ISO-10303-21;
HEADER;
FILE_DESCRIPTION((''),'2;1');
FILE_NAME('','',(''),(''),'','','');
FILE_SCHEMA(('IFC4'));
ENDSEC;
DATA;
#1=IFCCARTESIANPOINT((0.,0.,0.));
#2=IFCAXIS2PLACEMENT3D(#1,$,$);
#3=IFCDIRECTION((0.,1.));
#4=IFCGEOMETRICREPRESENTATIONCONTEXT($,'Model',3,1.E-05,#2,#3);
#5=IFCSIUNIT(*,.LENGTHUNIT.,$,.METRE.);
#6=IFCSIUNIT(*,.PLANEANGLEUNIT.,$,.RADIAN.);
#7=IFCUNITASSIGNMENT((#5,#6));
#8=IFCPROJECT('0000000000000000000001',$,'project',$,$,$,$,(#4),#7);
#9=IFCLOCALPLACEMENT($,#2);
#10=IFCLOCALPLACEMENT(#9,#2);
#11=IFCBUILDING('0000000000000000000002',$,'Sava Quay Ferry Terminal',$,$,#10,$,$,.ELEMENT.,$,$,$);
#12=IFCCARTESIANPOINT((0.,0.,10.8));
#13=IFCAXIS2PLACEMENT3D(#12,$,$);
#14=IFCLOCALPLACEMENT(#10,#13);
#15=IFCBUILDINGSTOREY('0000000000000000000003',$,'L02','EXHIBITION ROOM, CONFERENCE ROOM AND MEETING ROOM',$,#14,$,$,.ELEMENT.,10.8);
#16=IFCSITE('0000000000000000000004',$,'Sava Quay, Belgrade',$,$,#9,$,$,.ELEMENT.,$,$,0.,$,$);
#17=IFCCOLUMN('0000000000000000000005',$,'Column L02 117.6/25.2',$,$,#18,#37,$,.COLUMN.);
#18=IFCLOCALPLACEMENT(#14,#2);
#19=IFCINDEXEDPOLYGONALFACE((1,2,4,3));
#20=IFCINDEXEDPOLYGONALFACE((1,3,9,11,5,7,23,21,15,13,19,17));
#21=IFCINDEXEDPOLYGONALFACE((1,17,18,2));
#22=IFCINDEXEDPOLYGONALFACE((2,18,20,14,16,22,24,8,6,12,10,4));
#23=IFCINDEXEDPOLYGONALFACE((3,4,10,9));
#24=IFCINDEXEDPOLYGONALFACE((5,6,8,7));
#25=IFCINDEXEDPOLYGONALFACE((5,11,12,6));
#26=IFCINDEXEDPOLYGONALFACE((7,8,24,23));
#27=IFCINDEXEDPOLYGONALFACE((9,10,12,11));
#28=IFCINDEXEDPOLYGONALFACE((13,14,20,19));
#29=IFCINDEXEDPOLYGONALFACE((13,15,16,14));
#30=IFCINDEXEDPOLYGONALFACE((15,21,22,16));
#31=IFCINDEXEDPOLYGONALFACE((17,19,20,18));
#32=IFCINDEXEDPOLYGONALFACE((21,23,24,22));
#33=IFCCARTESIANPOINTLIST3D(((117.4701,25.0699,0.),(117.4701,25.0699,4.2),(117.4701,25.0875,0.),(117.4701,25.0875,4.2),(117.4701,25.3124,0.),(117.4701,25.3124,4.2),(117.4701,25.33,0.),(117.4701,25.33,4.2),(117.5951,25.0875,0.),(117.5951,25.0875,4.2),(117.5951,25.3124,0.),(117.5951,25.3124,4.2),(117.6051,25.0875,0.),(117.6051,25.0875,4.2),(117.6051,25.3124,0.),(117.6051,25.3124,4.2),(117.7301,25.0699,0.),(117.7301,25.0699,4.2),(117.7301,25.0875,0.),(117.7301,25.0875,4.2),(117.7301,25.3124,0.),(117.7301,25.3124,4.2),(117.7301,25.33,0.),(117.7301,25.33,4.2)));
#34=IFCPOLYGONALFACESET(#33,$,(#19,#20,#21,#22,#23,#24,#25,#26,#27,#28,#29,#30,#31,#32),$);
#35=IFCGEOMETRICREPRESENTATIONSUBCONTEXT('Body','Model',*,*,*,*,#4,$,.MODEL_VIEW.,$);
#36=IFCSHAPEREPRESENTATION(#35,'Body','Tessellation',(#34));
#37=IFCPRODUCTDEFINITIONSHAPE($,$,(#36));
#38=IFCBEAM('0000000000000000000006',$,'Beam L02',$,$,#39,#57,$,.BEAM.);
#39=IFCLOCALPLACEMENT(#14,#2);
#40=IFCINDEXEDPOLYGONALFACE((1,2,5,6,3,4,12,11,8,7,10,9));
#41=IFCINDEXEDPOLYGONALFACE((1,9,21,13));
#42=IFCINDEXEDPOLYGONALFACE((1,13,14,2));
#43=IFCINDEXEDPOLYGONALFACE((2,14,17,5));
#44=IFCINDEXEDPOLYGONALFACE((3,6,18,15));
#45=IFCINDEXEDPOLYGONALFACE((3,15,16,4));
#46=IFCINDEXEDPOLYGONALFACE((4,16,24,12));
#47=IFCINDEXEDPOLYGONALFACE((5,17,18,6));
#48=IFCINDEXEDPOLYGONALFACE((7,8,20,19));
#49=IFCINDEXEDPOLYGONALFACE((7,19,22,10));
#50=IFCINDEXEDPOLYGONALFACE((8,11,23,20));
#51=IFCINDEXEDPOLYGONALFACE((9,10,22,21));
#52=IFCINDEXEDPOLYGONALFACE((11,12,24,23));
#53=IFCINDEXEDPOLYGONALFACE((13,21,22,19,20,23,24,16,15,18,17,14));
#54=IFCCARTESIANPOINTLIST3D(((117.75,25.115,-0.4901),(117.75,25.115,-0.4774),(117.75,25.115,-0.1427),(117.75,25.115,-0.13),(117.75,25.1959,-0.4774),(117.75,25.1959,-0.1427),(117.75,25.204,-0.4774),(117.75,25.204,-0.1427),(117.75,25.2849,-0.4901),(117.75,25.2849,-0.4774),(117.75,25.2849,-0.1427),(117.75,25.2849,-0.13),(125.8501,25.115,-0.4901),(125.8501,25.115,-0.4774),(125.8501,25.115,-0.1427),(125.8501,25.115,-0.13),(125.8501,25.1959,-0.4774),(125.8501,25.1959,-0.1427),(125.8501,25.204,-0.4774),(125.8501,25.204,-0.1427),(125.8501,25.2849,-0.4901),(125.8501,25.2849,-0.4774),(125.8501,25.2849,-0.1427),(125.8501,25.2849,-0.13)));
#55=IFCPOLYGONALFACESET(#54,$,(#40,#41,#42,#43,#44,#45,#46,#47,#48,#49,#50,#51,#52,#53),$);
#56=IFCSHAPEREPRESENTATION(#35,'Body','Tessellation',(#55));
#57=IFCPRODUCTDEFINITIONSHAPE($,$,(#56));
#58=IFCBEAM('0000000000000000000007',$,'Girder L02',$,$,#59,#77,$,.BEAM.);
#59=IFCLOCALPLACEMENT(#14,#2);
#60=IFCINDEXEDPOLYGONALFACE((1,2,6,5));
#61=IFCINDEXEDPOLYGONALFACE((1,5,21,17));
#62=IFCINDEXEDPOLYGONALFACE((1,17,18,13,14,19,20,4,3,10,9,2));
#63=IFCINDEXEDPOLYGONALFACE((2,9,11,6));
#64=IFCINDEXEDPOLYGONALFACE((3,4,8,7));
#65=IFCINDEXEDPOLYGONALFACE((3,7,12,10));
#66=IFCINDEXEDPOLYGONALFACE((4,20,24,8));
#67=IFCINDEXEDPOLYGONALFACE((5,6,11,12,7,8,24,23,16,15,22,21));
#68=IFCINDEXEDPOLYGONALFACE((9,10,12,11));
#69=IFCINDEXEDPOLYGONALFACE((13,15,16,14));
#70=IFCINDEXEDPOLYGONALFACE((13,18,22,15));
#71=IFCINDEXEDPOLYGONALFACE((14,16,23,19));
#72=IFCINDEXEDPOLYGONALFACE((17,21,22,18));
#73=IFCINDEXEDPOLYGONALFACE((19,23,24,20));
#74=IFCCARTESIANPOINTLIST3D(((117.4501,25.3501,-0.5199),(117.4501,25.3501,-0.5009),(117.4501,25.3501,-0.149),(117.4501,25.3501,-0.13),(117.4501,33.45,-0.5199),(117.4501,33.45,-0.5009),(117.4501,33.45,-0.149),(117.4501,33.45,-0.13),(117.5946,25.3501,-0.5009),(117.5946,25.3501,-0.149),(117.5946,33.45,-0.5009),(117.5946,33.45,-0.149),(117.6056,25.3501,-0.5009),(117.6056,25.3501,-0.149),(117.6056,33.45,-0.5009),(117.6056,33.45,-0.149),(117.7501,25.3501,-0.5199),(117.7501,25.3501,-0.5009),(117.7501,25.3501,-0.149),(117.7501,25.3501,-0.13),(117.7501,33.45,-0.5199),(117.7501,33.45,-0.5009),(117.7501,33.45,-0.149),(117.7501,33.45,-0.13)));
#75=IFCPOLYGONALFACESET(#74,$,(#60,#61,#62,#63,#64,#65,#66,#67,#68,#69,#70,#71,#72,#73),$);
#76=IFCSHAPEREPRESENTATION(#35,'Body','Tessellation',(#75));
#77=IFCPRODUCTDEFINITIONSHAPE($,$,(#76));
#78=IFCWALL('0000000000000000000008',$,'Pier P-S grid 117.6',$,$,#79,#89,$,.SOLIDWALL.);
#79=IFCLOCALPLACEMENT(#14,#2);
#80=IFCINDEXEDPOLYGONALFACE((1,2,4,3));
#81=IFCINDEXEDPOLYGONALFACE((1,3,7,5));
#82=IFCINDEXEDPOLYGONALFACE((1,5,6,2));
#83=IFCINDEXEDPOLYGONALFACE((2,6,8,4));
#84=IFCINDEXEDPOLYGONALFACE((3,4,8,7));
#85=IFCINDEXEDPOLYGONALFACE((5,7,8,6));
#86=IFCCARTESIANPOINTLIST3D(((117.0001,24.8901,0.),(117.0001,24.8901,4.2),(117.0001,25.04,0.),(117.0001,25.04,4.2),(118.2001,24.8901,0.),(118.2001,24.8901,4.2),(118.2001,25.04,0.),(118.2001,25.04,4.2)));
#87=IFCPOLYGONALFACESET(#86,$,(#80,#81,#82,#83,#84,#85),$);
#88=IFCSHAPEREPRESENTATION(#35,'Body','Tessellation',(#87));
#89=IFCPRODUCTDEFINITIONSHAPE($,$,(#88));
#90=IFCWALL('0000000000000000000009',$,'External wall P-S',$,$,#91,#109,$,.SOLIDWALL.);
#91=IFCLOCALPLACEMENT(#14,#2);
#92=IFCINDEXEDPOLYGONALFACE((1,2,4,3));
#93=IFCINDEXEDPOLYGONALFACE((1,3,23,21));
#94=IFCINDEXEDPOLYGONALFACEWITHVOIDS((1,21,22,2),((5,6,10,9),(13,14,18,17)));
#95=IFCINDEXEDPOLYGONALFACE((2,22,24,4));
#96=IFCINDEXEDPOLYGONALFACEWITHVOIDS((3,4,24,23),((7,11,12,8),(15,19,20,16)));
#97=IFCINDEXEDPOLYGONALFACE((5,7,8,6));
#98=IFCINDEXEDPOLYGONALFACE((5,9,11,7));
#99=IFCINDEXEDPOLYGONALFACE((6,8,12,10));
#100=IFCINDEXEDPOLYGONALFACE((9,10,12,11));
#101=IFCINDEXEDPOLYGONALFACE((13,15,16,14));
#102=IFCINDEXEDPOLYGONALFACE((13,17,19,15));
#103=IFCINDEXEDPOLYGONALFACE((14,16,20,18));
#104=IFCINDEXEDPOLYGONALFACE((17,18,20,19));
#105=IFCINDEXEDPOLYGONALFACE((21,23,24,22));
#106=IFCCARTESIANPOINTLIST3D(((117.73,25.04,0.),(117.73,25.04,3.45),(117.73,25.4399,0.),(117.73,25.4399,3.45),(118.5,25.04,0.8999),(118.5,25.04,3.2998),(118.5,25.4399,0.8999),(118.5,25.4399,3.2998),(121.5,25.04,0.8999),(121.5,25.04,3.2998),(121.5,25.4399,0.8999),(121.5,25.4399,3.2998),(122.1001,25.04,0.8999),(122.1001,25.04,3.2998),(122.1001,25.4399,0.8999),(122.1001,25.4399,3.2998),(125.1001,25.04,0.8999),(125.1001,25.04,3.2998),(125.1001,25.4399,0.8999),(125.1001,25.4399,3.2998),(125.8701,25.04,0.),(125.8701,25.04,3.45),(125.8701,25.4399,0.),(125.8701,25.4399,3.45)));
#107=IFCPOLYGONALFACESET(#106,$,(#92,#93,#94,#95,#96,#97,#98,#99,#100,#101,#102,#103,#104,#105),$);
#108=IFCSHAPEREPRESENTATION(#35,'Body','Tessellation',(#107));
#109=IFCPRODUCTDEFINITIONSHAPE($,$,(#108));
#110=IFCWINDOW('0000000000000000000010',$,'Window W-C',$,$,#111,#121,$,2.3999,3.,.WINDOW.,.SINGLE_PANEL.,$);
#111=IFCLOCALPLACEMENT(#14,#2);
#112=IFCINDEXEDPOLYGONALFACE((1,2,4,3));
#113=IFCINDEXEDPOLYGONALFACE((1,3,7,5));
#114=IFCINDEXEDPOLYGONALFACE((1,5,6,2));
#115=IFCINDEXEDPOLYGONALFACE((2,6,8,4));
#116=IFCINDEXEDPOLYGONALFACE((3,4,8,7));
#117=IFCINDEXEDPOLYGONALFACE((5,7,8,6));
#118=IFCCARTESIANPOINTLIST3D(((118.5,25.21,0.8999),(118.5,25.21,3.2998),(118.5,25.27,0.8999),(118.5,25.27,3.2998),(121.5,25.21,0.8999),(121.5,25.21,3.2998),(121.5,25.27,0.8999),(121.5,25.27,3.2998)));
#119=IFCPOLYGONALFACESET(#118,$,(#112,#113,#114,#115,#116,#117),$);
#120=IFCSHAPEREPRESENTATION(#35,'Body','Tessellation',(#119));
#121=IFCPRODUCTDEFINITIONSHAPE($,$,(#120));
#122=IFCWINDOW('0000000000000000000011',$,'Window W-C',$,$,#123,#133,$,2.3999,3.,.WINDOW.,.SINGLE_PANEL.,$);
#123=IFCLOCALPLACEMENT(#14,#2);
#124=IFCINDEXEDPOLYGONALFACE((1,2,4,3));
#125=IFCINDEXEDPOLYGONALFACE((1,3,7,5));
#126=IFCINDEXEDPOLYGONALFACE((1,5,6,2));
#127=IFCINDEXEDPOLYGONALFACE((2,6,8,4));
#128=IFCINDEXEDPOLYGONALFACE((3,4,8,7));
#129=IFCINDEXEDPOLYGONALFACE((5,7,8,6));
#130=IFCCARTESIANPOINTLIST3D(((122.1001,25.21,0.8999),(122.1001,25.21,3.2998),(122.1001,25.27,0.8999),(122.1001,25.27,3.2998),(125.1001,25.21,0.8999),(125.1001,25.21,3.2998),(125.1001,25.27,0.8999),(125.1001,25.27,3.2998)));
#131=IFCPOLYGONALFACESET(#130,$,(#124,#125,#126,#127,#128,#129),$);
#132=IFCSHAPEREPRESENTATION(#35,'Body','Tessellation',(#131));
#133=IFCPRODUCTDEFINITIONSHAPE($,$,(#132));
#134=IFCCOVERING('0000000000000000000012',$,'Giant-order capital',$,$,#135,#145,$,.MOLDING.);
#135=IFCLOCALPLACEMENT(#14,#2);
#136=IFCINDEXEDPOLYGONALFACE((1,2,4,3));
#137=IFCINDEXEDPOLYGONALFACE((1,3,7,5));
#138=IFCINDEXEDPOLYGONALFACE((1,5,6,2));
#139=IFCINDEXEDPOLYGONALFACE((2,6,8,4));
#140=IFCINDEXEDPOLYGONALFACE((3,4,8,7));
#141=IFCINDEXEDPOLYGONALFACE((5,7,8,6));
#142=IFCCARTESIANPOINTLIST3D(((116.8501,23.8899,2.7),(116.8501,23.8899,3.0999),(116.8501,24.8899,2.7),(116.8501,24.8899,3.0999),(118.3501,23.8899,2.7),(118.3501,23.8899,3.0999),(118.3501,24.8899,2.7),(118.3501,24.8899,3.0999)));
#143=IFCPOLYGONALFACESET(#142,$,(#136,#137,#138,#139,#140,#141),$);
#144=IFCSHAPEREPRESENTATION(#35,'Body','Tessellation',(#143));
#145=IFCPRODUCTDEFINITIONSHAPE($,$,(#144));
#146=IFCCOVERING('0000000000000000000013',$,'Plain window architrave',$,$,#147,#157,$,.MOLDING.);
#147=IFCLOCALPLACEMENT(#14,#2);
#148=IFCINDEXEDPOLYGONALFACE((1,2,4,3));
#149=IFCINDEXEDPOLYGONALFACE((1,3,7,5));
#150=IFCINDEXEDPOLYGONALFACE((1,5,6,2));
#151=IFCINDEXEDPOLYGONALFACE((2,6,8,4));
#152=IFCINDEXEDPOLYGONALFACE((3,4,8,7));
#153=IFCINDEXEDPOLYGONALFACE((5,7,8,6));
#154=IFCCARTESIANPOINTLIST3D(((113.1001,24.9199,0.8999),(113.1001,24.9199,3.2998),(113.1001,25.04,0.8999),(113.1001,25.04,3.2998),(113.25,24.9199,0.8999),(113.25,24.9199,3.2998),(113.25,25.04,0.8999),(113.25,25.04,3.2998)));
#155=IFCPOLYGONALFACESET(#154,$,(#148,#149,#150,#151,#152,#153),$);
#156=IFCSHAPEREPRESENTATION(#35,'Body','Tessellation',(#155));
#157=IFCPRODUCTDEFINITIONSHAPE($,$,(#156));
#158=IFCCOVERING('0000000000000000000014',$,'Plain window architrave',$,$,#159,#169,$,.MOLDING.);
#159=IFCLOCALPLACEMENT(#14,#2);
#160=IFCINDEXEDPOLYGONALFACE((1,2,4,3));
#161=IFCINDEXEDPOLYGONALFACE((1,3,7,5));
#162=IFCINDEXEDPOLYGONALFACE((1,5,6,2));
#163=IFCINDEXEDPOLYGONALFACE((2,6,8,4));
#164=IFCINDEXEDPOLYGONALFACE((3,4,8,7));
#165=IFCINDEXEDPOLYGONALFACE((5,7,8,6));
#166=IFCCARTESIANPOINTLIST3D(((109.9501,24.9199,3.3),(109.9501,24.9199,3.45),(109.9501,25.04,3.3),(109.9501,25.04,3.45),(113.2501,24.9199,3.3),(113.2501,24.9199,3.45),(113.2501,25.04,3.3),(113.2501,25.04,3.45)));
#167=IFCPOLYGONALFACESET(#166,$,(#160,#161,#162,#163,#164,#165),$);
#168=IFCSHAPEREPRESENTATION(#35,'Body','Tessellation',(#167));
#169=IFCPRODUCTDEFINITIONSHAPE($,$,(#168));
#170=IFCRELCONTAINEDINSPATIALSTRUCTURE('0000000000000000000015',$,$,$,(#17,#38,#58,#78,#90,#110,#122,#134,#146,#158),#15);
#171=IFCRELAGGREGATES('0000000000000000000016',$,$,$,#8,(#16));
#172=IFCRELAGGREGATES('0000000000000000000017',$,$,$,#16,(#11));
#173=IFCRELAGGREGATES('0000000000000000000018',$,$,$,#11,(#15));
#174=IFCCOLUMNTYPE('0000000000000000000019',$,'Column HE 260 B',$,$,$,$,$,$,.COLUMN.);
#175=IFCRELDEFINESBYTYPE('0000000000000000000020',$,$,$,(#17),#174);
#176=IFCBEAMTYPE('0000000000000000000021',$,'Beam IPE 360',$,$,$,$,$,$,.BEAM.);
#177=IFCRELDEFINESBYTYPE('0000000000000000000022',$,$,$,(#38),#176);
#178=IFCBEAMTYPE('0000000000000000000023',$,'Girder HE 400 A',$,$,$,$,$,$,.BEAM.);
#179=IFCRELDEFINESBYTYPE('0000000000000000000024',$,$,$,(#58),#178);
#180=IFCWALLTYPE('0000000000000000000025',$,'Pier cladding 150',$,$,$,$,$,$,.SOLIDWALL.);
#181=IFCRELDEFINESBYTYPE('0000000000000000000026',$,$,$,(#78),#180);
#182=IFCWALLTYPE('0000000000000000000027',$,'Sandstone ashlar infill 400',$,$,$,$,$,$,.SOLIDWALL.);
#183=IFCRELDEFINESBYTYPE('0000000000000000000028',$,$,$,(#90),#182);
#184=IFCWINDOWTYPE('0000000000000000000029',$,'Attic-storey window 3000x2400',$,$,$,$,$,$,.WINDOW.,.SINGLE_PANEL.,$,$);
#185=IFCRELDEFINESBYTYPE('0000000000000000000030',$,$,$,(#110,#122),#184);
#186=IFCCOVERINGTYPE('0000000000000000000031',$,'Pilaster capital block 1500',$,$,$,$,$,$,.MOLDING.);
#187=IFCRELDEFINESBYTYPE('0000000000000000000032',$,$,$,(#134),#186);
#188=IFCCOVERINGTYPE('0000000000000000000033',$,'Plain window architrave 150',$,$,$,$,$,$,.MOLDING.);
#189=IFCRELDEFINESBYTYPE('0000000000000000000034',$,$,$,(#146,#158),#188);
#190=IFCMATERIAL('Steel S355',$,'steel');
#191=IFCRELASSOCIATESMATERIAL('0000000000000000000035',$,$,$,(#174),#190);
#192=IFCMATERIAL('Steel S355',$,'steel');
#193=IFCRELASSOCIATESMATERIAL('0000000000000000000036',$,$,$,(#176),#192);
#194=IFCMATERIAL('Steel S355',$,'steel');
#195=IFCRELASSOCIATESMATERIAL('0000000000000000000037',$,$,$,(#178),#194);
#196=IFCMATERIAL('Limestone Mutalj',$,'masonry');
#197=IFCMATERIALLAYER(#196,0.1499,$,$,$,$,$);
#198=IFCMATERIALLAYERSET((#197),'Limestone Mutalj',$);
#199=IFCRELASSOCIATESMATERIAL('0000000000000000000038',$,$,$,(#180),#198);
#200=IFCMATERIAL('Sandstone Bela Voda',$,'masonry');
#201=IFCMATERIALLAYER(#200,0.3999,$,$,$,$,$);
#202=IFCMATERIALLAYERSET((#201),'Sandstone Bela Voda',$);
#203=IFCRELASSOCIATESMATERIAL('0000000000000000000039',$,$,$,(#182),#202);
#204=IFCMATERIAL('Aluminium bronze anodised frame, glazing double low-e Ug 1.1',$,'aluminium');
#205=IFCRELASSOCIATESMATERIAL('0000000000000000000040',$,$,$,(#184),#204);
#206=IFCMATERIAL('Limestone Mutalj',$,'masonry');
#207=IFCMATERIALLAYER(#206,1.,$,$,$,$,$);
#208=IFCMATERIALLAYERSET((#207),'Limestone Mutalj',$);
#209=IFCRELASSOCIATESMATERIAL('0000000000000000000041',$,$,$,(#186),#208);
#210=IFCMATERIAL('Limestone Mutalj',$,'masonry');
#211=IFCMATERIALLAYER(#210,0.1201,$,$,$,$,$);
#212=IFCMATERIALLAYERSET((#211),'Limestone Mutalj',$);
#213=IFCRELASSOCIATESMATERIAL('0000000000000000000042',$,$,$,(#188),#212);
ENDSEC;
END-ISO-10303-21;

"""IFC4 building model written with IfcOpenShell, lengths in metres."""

from ifc_helpers import new_model, si_unit, direction, frame, frame_2d, origin, origin_2d, place, context, subcontext, project, spatial, rectangle, i_section, extrude, material, layer, layer_set, material_profile, profile_set, type_object, element, fill, save


model = new_model("IFC4")

# Units and contexts
model_context = context("Model", 3, precision=1e-05, world=origin(), true_north=direction((0.0, 1.0)))
body_context = subcontext(model_context, "Body", "Model", "MODEL_VIEW")
ifc_project = project(units=[si_unit("LENGTHUNIT", "METRE"), si_unit("PLANEANGLEUNIT", "RADIAN")], contexts=[model_context])

# Site, building, storey
site_placement = place(None, origin())
site = spatial("IfcSite", under=ifc_project, at=site_placement, Name="Sava Quay, Belgrade", CompositionType="ELEMENT", RefElevation=0.0)
building_placement = place(site_placement, origin())
building = spatial("IfcBuilding", under=site, at=building_placement, Name="Sava Quay Ferry Terminal", CompositionType="ELEMENT")
storey_placement = place(building_placement, frame((0.0, 0.0, 10.8)))
storey = spatial("IfcBuildingStorey", under=building, at=storey_placement, Name="L02", Description="EXHIBITION ROOM, CONFERENCE ROOM AND MEETING ROOM", CompositionType="ELEMENT", Elevation=10.8)

# Column
ifc_material_1 = material(Name="Steel S355", Category="steel")
ifc_material_profile_1 = material_profile(ifc_material_1, i_section(OverallWidth=0.26, OverallDepth=0.26, WebThickness=0.01, FlangeThickness=0.0176, at=origin_2d()), Name="HE 260 B")
ifc_profile_set_1 = profile_set([ifc_material_profile_1], Name="Steel S355")
column_type = type_object("IfcColumnType", Name="Column HE 260 B", PredefinedType="COLUMN", material=ifc_profile_set_1)
column_placement = place(storey_placement, frame((117.6001, 25.2, 0.0), z_axis=(0.0, 0.0, 1.0), x_axis=(1.0, 0.0, 0.0)))
element("IfcColumn", 1, at=column_placement, inside=storey, type_object=column_type, Name="Column L02 117.6/25.2", PredefinedType="COLUMN", context=body_context, shape_type="SweptSolid", body=[
    extrude(i_section(OverallWidth=0.26, OverallDepth=0.26, WebThickness=0.01, FlangeThickness=0.0176, at=origin_2d()), origin(), (0.0, 0.0, 1.0), 4.2),
])

# Beams
ifc_material_2 = material(Name="Steel S355", Category="steel")
ifc_material_profile_2 = material_profile(ifc_material_2, i_section(OverallWidth=0.1699, OverallDepth=0.3601, WebThickness=0.0081, FlangeThickness=0.0127, at=origin_2d()), Name="IPE 360")
ifc_profile_set_2 = profile_set([ifc_material_profile_2], Name="Steel S355")
beam_type_1 = type_object("IfcBeamType", Name="Beam IPE 360", PredefinedType="BEAM", material=ifc_profile_set_2)
beam_1_placement = place(storey_placement, frame((117.75, 25.2, -0.3101), z_axis=(1.0, 0.0, 0.0), x_axis=(0.0, 1.0, 0.0)))
element("IfcBeam", 2, at=beam_1_placement, inside=storey, type_object=beam_type_1, Name="Beam L02", PredefinedType="BEAM", context=body_context, shape_type="SweptSolid", body=[
    extrude(i_section(OverallWidth=0.1699, OverallDepth=0.3601, WebThickness=0.0081, FlangeThickness=0.0127, at=origin_2d()), origin(), (0.0, 0.0, 1.0), 8.1001),
])
ifc_material_3 = material(Name="Steel S355", Category="steel")
ifc_material_profile_3 = material_profile(ifc_material_3, i_section(OverallWidth=0.3, OverallDepth=0.3899, WebThickness=0.011, FlangeThickness=0.019, at=origin_2d()), Name="HE 400 A")
ifc_profile_set_3 = profile_set([ifc_material_profile_3], Name="Steel S355")
beam_type_2 = type_object("IfcBeamType", Name="Girder HE 400 A", PredefinedType="BEAM", material=ifc_profile_set_3)
beam_2_placement = place(storey_placement, frame((117.6001, 25.3501, -0.325), z_axis=(0.0, 1.0, 0.0), x_axis=(-1.0, 0.0, 0.0)))
element("IfcBeam", 3, at=beam_2_placement, inside=storey, type_object=beam_type_2, Name="Girder L02", PredefinedType="BEAM", context=body_context, shape_type="SweptSolid", body=[
    extrude(i_section(OverallWidth=0.3, OverallDepth=0.3899, WebThickness=0.011, FlangeThickness=0.019, at=origin_2d()), origin(), (0.0, 0.0, 1.0), 8.0999),
])

# Wall
ifc_material_4 = material(Name="Limestone Mutalj", Category="masonry")
ifc_layer_1 = layer(ifc_material_4, 0.1499)
ifc_layer_set_1 = layer_set([ifc_layer_1], Name="Limestone Mutalj")
wall_type_1 = type_object("IfcWallType", Name="Pier cladding 150", PredefinedType="SOLIDWALL", material=ifc_layer_set_1)
wall_1_placement = place(storey_placement, frame((117.0, 24.9651, 0.0), z_axis=(0.0, 0.0, 1.0), x_axis=(1.0, 0.0, 0.0)))
element("IfcWall", 4, at=wall_1_placement, inside=storey, type_object=wall_type_1, Name="Pier P-S grid 117.6", PredefinedType="SOLIDWALL", context=body_context, shape_type="SweptSolid", body=[
    extrude(rectangle(XDim=1.2, YDim=0.1499, at=frame_2d((0.6001, 0.0))), origin(), (0.0, 0.0, 1.0), 4.2),
])

# Wall, openings, windows
ifc_material_5 = material(Name="Sandstone Bela Voda", Category="masonry")
ifc_layer_2 = layer(ifc_material_5, 0.3999)
ifc_layer_set_2 = layer_set([ifc_layer_2], Name="Sandstone Bela Voda")
wall_type_2 = type_object("IfcWallType", Name="Sandstone ashlar infill 400", PredefinedType="SOLIDWALL", material=ifc_layer_set_2)
wall_2_placement = place(storey_placement, frame((117.73, 25.24, 0.0), z_axis=(0.0, 0.0, 1.0), x_axis=(1.0, 0.0, 0.0)))
wall_2 = element("IfcWall", 5, at=wall_2_placement, inside=storey, type_object=wall_type_2, Name="External wall P-S", PredefinedType="SOLIDWALL", context=body_context, shape_type="SweptSolid", body=[
    extrude(rectangle(XDim=8.1401, YDim=0.3999, at=frame_2d((4.0701, 0.0))), origin(), (0.0, 0.0, 1.0), 3.45),
])
opening_1_placement = place(wall_2_placement, frame((0.77, 0.0, 0.8999)))
opening_1 = element("IfcOpeningElement", 6, at=opening_1_placement, cuts=wall_2, PredefinedType="OPENING", context=body_context, shape_type="SweptSolid", body=[
    extrude(rectangle(XDim=3.0, YDim=2.3999, at=frame_2d((1.5, 1.2))), frame((0.0, 0.2, 0.0), z_axis=(0.0, -1.0, 0.0), x_axis=(1.0, 0.0, 0.0)), (0.0, 0.0, 1.0), 0.3999),
])
opening_2_placement = place(wall_2_placement, frame((4.3701, 0.0, 0.8999)))
opening_2 = element("IfcOpeningElement", 7, at=opening_2_placement, cuts=wall_2, PredefinedType="OPENING", context=body_context, shape_type="SweptSolid", body=[
    extrude(rectangle(XDim=3.0, YDim=2.3999, at=frame_2d((1.5, 1.2))), frame((0.0, 0.2, 0.0), z_axis=(0.0, -1.0, 0.0), x_axis=(1.0, 0.0, 0.0)), (0.0, 0.0, 1.0), 0.3999),
])
ifc_material_6 = material(Name="Aluminium bronze anodised frame, glazing double low-e Ug 1.1", Category="aluminium")
window_type = type_object("IfcWindowType", Name="Attic-storey window 3000x2400", PartitioningType="SINGLE_PANEL", PredefinedType="WINDOW", material=ifc_material_6)
window_1_placement = place(opening_1_placement, origin())
window_1 = element("IfcWindow", 8, at=window_1_placement, inside=storey, type_object=window_type, Name="Window W-C", OverallHeight=2.3999, OverallWidth=3.0, PartitioningType="SINGLE_PANEL", PredefinedType="WINDOW", context=body_context, shape_type="SweptSolid", body=[
    extrude(rectangle(XDim=3.0, YDim=2.3999, at=frame_2d((1.5, 1.2))), frame((0.0, 0.03, 0.0), z_axis=(0.0, -1.0, 0.0), x_axis=(1.0, 0.0, 0.0)), (0.0, 0.0, 1.0), 0.0601),
])
fill(opening_1, window_1)
window_2_placement = place(opening_2_placement, origin())
window_2 = element("IfcWindow", 9, at=window_2_placement, inside=storey, type_object=window_type, Name="Window W-C", OverallHeight=2.3999, OverallWidth=3.0, PartitioningType="SINGLE_PANEL", PredefinedType="WINDOW", context=body_context, shape_type="SweptSolid", body=[
    extrude(rectangle(XDim=3.0, YDim=2.3999, at=frame_2d((1.5, 1.2))), frame((0.0, 0.03, 0.0), z_axis=(0.0, -1.0, 0.0), x_axis=(1.0, 0.0, 0.0)), (0.0, 0.0, 1.0), 0.0601),
])
fill(opening_2, window_2)

# Coverings
ifc_material_7 = material(Name="Limestone Mutalj", Category="masonry")
ifc_layer_3 = layer(ifc_material_7, 1.0)
ifc_layer_set_3 = layer_set([ifc_layer_3], Name="Limestone Mutalj")
covering_type_1 = type_object("IfcCoveringType", Name="Pilaster capital block 1500", PredefinedType="MOLDING", material=ifc_layer_set_3)
covering_1_placement = place(storey_placement, frame((117.6001, 24.3899, 2.7), z_axis=(0.0, 0.0, 1.0), x_axis=(1.0, 0.0, 0.0)))
element("IfcCovering", 10, at=covering_1_placement, inside=storey, type_object=covering_type_1, Name="Giant-order capital", PredefinedType="MOLDING", context=body_context, shape_type="SweptSolid", body=[
    extrude(rectangle(XDim=1.5, YDim=1.0, at=origin_2d()), origin(), (0.0, 0.0, 1.0), 0.3999),
])
ifc_material_8 = material(Name="Limestone Mutalj", Category="masonry")
ifc_layer_4 = layer(ifc_material_8, 0.1201)
ifc_layer_set_4 = layer_set([ifc_layer_4], Name="Limestone Mutalj")
covering_type_2 = type_object("IfcCoveringType", Name="Plain window architrave 150", PredefinedType="MOLDING", material=ifc_layer_set_4)
covering_2_placement = place(storey_placement, frame((113.175, 24.98, 0.8999), z_axis=(0.0, 0.0, 1.0), x_axis=(1.0, 0.0, 0.0)))
element("IfcCovering", 11, at=covering_2_placement, inside=storey, type_object=covering_type_2, Name="Plain window architrave", PredefinedType="MOLDING", context=body_context, shape_type="SweptSolid", body=[
    extrude(rectangle(XDim=0.1499, YDim=0.1201, at=origin_2d()), origin(), (0.0, 0.0, 1.0), 2.3999),
])
for number, where, z_axis, x_axis, name in (
    (12, (111.6001, 24.98, 3.3), (0.0, 0.0, 1.0), (1.0, 0.0, 0.0), "Plain window architrave"),
):
    element("IfcCovering", number, at=place(storey_placement, frame(where, z_axis=z_axis, x_axis=x_axis)), inside=storey, type_object=covering_type_2, Name=name, PredefinedType="MOLDING", context=body_context, shape_type="SweptSolid", body=[
        extrude(rectangle(XDim=3.3, YDim=0.1201, at=origin_2d()), origin(), (0.0, 0.0, 1.0), 0.1499),
    ])

save(model, "model.ifc")
